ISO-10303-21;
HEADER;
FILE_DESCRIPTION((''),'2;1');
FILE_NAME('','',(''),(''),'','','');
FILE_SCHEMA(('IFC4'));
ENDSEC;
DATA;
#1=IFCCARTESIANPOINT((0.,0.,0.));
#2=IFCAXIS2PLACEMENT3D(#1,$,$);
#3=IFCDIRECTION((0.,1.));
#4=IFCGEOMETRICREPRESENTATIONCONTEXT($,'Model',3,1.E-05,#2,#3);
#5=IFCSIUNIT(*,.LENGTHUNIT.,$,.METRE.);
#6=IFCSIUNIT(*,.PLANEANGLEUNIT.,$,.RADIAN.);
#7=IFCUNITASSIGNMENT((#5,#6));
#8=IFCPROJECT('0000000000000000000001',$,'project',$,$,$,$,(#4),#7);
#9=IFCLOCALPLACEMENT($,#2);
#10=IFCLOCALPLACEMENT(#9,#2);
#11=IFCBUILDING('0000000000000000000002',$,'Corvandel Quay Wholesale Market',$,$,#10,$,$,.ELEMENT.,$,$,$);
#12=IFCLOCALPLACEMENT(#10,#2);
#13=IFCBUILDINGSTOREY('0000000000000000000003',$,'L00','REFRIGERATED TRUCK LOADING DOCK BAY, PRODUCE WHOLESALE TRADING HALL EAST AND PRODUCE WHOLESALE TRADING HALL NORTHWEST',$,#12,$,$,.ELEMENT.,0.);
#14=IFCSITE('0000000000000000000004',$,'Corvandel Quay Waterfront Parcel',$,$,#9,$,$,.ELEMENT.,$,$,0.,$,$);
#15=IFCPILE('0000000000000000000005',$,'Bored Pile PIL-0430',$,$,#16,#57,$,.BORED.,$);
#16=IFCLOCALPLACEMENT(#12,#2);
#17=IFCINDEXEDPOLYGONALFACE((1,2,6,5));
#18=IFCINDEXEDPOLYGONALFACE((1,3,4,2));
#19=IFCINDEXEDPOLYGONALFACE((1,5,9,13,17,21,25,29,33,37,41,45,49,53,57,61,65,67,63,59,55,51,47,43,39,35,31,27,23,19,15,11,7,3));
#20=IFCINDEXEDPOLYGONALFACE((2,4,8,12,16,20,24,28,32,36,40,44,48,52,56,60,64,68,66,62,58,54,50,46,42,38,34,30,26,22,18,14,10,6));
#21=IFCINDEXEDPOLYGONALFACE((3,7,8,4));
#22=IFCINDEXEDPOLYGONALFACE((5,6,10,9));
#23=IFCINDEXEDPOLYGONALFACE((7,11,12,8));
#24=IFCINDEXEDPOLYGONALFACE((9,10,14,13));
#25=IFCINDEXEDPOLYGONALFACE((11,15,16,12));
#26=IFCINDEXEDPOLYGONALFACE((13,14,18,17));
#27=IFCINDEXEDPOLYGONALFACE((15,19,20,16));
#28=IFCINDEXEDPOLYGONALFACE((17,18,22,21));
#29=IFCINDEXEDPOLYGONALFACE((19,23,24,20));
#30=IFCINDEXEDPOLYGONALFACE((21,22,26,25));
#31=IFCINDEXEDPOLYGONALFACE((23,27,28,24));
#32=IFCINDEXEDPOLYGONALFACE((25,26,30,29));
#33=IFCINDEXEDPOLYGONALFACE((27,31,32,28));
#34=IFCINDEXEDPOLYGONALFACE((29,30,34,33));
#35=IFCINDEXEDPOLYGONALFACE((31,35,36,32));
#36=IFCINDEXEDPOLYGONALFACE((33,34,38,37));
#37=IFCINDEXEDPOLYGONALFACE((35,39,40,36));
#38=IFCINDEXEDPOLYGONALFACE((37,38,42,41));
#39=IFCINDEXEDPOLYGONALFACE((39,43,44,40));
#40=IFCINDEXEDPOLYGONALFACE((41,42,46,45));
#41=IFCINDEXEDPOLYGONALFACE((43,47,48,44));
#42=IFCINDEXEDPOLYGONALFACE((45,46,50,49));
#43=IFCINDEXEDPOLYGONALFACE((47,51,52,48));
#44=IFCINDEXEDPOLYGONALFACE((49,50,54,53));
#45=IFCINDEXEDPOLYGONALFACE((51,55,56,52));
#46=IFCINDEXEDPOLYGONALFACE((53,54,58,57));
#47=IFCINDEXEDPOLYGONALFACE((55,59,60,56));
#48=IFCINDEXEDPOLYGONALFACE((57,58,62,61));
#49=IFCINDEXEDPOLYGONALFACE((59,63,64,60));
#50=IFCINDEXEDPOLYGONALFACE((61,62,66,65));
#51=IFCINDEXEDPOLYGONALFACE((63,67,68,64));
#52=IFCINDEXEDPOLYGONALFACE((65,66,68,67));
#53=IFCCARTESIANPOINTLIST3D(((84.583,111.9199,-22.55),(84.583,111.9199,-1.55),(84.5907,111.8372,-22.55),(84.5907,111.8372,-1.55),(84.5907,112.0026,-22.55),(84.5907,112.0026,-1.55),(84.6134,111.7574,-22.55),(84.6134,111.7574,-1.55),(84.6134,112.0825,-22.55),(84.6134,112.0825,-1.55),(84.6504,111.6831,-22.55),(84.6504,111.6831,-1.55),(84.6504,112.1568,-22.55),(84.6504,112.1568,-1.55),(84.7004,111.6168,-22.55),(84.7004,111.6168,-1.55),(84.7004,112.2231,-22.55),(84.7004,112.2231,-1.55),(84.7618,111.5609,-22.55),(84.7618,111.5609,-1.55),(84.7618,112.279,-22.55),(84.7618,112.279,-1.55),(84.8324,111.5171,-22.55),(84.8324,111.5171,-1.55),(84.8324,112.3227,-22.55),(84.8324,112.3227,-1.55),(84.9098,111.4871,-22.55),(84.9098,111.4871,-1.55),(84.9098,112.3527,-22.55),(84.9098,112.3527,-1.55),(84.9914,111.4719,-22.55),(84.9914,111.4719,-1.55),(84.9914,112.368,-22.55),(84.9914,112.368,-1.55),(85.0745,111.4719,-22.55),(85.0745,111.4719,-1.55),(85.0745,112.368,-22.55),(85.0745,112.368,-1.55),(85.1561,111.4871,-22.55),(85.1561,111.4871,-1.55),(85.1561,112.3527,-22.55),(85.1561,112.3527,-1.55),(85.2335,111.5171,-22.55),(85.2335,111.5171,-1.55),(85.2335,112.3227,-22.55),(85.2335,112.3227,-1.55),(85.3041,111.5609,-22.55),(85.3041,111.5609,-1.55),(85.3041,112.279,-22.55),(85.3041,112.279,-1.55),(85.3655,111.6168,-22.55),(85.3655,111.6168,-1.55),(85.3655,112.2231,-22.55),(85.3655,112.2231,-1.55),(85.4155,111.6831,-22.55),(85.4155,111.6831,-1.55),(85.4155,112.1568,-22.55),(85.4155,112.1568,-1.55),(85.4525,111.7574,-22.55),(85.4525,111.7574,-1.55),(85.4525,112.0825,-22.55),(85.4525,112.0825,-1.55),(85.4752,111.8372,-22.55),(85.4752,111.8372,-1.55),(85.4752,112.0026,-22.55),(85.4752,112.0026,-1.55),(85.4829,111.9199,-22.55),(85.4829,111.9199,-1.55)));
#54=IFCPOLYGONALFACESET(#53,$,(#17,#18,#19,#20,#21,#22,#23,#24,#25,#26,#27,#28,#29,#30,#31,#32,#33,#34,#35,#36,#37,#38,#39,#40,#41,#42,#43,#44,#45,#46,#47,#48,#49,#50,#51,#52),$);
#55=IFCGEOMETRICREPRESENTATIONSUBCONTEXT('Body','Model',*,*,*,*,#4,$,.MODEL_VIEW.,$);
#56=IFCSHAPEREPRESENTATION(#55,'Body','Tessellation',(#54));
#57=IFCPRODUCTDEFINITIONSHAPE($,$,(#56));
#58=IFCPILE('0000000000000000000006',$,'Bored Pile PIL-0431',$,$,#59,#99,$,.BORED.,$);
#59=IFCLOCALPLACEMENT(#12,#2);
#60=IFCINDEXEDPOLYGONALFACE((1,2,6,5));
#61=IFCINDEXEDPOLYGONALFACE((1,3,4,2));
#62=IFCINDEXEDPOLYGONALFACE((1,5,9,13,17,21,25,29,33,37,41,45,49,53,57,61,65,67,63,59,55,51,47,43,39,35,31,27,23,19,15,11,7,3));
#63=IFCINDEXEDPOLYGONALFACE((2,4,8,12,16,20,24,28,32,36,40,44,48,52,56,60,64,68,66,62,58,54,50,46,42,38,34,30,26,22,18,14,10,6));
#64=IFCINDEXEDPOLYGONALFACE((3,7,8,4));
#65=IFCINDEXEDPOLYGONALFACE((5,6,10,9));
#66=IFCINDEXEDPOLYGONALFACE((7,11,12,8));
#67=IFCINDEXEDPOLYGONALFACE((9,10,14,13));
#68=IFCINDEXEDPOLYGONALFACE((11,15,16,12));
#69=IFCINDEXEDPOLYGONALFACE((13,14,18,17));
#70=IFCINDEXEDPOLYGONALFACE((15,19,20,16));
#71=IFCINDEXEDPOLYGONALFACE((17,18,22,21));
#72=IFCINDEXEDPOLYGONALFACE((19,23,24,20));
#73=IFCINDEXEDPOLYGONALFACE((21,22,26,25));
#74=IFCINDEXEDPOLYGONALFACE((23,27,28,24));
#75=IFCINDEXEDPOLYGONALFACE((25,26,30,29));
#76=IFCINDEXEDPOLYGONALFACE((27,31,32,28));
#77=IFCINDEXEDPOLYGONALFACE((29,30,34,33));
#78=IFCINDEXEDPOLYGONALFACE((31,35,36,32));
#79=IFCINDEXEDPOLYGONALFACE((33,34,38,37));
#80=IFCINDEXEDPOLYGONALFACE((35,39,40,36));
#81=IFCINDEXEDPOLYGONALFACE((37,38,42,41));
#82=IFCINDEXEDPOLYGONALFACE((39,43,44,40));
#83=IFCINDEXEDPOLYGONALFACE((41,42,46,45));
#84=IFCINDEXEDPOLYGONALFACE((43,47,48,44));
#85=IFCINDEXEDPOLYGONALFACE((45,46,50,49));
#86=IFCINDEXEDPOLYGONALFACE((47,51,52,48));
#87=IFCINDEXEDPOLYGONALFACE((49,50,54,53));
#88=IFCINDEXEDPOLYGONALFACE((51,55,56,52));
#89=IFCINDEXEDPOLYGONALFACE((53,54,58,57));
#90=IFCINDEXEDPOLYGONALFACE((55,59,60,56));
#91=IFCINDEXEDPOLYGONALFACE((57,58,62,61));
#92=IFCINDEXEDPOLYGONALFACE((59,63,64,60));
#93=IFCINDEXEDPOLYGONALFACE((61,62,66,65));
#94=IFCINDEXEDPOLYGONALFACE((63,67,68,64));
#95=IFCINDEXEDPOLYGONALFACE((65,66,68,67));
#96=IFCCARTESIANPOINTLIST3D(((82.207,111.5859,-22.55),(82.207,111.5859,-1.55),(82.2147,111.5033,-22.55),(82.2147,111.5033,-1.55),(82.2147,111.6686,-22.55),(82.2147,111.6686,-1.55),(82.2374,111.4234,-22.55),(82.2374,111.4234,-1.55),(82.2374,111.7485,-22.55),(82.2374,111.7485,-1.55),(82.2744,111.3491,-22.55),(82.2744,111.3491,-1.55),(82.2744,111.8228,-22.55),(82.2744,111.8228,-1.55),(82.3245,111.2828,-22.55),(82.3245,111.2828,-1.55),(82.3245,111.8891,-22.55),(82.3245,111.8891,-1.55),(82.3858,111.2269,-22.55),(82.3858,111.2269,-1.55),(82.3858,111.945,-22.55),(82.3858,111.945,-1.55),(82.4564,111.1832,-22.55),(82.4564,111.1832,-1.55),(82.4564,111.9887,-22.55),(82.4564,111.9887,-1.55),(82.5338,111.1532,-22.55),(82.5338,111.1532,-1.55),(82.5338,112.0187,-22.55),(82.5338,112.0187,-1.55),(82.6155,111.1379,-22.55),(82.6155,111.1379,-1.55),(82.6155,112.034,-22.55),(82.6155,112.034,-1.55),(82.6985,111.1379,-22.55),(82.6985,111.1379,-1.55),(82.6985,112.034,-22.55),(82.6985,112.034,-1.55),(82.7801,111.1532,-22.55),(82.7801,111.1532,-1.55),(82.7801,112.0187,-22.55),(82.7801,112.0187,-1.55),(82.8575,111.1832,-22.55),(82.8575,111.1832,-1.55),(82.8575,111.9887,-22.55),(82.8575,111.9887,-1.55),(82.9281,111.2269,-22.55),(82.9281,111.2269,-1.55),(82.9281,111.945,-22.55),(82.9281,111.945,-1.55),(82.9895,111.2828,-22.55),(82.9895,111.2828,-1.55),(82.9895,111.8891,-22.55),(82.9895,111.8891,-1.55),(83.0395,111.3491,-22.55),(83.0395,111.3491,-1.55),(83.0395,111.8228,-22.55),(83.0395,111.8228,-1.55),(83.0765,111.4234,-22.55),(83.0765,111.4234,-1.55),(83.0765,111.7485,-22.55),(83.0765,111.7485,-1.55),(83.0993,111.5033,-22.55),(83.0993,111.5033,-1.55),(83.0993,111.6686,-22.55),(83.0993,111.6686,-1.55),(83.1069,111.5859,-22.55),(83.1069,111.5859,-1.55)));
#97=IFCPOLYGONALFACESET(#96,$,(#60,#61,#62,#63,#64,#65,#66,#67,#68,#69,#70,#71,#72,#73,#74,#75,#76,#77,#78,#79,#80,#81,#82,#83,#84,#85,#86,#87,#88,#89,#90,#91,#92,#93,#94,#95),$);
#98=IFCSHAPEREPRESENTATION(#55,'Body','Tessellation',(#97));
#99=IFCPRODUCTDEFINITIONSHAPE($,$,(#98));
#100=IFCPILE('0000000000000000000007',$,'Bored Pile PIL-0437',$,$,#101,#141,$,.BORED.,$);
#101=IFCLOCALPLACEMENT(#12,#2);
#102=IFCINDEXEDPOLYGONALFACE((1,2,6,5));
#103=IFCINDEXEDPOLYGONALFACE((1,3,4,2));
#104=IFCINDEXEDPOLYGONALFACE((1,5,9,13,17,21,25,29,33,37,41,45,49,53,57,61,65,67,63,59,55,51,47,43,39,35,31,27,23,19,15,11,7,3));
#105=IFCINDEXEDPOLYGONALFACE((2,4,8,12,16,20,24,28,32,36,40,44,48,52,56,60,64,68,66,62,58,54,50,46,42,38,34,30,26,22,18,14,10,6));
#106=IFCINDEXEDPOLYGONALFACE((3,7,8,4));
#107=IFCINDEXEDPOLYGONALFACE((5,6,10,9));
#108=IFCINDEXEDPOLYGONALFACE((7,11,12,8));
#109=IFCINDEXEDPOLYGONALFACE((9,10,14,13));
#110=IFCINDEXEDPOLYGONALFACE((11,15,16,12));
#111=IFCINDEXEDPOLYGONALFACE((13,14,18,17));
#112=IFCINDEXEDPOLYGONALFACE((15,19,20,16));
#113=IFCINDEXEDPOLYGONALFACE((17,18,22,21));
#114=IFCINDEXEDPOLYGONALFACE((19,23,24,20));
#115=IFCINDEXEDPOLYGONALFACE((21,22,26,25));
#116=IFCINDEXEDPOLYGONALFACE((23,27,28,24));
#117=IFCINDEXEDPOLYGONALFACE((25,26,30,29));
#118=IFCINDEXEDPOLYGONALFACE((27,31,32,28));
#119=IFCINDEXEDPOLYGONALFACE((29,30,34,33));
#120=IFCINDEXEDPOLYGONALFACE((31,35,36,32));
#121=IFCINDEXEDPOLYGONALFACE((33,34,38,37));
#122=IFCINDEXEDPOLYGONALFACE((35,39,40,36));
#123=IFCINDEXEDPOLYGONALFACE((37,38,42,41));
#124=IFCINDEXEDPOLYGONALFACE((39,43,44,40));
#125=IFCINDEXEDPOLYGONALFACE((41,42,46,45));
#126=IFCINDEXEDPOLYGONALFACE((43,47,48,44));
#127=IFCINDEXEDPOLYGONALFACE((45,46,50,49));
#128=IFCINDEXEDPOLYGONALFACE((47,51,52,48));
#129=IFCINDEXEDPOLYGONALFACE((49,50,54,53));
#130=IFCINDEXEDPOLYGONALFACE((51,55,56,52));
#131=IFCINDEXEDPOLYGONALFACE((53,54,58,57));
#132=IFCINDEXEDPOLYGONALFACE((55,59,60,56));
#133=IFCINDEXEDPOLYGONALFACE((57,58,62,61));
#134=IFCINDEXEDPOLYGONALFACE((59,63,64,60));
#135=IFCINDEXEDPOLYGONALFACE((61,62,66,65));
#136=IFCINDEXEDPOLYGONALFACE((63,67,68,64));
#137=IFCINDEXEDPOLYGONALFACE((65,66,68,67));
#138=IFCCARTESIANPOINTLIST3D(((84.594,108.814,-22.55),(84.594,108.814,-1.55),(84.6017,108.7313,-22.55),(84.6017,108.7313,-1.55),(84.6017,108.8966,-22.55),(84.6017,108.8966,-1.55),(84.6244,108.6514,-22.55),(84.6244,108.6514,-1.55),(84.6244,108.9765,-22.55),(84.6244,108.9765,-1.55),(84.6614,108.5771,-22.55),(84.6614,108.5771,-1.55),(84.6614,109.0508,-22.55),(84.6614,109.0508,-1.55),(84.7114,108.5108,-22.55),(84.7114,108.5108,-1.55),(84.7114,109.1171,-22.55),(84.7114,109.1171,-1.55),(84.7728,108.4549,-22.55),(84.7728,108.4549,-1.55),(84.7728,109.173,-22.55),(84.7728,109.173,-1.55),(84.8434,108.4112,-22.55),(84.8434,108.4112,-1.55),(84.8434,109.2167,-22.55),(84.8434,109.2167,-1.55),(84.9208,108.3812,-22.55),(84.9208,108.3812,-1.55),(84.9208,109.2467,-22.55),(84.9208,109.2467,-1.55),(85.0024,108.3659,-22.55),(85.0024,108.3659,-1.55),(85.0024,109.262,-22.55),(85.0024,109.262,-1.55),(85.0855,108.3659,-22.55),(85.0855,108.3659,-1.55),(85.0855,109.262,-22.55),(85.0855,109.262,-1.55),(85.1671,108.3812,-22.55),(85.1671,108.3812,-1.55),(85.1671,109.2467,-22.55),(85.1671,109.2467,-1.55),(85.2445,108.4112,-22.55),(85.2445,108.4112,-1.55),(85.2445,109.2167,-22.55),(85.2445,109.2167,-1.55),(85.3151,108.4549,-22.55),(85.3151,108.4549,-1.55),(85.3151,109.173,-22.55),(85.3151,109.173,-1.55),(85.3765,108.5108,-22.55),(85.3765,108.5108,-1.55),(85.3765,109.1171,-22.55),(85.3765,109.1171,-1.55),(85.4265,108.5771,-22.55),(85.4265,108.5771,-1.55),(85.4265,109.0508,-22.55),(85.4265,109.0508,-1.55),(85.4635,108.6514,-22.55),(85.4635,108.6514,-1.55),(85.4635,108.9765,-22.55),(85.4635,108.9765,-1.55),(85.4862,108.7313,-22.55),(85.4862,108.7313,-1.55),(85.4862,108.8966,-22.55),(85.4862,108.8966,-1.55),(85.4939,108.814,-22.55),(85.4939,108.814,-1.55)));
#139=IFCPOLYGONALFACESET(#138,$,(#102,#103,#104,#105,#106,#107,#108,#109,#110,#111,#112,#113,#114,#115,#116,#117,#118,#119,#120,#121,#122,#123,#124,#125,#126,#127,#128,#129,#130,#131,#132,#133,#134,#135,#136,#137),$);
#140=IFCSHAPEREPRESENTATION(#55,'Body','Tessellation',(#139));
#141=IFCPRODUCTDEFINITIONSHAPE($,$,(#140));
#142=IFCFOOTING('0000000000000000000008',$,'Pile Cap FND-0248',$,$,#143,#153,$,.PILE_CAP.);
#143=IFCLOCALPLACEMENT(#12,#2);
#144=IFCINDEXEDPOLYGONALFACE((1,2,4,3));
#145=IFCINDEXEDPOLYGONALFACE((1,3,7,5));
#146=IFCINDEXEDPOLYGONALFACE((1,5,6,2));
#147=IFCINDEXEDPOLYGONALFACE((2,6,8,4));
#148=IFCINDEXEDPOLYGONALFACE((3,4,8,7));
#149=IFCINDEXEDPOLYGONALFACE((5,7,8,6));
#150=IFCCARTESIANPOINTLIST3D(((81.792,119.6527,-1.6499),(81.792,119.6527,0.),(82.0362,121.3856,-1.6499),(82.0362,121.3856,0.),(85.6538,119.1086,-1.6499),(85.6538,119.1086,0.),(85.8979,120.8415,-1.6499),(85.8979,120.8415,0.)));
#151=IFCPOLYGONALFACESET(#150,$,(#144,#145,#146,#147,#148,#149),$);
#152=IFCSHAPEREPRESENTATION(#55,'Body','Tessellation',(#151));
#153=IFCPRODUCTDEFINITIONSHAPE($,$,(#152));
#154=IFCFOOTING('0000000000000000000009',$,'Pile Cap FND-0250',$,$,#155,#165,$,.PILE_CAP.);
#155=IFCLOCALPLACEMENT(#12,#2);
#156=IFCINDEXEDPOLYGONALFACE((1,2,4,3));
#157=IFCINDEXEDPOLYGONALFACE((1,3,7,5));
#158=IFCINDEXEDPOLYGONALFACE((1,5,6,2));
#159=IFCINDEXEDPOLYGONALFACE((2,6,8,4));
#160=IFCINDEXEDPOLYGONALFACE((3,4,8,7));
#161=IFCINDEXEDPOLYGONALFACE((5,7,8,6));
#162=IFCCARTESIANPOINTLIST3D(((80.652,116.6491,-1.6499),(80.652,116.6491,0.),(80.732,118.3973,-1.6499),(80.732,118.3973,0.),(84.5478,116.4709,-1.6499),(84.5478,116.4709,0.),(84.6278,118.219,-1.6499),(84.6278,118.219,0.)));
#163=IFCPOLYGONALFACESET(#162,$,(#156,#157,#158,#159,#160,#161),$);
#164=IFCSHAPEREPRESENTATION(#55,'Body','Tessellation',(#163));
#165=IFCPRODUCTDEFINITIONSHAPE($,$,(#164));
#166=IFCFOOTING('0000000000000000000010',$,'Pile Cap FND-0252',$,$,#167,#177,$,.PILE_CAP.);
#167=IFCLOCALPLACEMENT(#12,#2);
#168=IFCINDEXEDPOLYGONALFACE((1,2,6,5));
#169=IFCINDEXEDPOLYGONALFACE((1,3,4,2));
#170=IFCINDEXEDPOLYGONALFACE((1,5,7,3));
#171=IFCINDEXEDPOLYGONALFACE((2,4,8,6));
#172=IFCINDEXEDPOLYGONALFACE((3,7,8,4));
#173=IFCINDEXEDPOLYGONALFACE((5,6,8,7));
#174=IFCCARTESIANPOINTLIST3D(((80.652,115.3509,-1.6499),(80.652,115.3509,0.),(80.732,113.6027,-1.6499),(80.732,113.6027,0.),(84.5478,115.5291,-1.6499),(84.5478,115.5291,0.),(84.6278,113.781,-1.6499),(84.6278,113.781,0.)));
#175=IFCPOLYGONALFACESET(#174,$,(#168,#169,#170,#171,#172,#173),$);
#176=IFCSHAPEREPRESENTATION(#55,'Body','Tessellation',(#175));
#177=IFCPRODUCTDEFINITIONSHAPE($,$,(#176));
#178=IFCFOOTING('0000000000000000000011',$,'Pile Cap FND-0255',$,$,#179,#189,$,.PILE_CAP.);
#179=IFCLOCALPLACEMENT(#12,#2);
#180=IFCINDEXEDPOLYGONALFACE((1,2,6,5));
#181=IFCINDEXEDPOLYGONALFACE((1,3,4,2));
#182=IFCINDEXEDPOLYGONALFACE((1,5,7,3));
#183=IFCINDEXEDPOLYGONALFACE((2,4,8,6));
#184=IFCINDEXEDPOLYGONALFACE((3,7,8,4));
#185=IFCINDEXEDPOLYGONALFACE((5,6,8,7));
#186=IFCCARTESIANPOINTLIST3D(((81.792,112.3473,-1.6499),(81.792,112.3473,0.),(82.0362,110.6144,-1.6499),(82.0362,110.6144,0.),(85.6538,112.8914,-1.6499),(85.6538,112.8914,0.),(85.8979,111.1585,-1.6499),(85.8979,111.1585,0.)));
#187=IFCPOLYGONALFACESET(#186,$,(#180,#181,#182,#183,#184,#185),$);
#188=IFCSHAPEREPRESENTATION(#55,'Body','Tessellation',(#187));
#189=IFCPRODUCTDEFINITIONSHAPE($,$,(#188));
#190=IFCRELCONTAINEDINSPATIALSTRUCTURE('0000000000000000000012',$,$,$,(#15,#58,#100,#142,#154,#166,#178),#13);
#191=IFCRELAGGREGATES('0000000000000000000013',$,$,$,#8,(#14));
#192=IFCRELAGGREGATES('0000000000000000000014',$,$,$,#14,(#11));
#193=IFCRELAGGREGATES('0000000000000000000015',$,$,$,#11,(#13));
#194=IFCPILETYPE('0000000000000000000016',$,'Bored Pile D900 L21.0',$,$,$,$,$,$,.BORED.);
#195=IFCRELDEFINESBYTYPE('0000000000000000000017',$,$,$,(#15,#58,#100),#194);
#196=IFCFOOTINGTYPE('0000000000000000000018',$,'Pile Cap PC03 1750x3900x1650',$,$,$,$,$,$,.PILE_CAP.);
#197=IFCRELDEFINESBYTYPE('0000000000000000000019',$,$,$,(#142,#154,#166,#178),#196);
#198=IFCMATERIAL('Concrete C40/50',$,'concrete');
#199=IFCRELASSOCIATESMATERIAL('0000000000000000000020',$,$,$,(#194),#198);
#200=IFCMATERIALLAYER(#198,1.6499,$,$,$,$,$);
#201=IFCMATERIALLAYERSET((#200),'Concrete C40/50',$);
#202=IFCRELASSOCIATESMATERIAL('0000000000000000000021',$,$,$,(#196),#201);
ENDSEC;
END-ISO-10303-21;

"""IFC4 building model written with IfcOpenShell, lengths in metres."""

from ifc_helpers import new_model, si_unit, direction, frame, origin, origin_2d, place, context, subcontext, project, spatial, rectangle, circle, extrude, material, layer, layer_set, material_profile, profile_set, type_object, element, save


model = new_model("IFC4")

# Units and contexts
model_context = context("Model", 3, precision=1e-05, world=origin(), true_north=direction((0.0, 1.0)))
body_context = subcontext(model_context, "Body", "Model", "MODEL_VIEW")
ifc_project = project(units=[si_unit("LENGTHUNIT", "METRE"), si_unit("PLANEANGLEUNIT", "RADIAN")], contexts=[model_context])

# Site, building, storey
site_placement = place(None, origin())
site = spatial("IfcSite", under=ifc_project, at=site_placement, Name="Corvandel Quay Waterfront Parcel", CompositionType="ELEMENT", RefElevation=0.0)
building_placement = place(site_placement, origin())
building = spatial("IfcBuilding", under=site, at=building_placement, Name="Corvandel Quay Wholesale Market", CompositionType="ELEMENT")
storey_placement = place(building_placement, origin())
storey = spatial("IfcBuildingStorey", under=building, at=storey_placement, Name="L00", Description="REFRIGERATED TRUCK LOADING DOCK BAY, PRODUCE WHOLESALE TRADING HALL EAST AND PRODUCE WHOLESALE TRADING HALL NORTHWEST", CompositionType="ELEMENT", Elevation=0.0)

# Piles
ifc_material_1 = material(Name="Concrete C40/50", Category="concrete")
ifc_material_profile_1 = material_profile(ifc_material_1, circle(Radius=0.45, at=origin_2d()), Name="RC-PILE-D900")
ifc_profile_set_1 = profile_set([ifc_material_profile_1], Name="Concrete C40/50")
pile_type = type_object("IfcPileType", Name="Bored Pile D900 L21.0", PredefinedType="BORED", material=ifc_profile_set_1)
for number, where, z_axis, x_axis, name in (
    (1, (85.033, 111.9199, -1.55), (0.0, 0.0, -1.0), (1.0, 0.0, 0.0), "Bored Pile PIL-0430"),
    (2, (82.657, 111.5859, -1.55), (0.0, 0.0, -1.0), (1.0, 0.0, 0.0), "Bored Pile PIL-0431"),
    (3, (85.0439, 108.814, -1.55), (0.0, 0.0, -1.0), (1.0, 0.0, 0.0), "Bored Pile PIL-0437"),
):
    element("IfcPile", number, at=place(storey_placement, frame(where, z_axis=z_axis, x_axis=x_axis)), inside=storey, type_object=pile_type, Name=name, PredefinedType="BORED", context=body_context, shape_type="SweptSolid", body=[
        extrude(circle(Radius=0.45, at=origin_2d()), origin(), (0.0, 0.0, 1.0), 21.0),
    ])

# Footings
ifc_layer_1 = layer(ifc_material_1, 1.6499)
ifc_layer_set_1 = layer_set([ifc_layer_1], Name="Concrete C40/50")
footing_type = type_object("IfcFootingType", Name="Pile Cap PC03 1750x3900x1650", PredefinedType="PILE_CAP", material=ifc_layer_set_1)
for number, where, z_axis, x_axis, name in (
    (4, (83.845, 120.2471, -1.6499), (0.0, 0.0, 1.0), (0.139519, 0.990219, 0.0), "Pile Cap FND-0248"),
    (5, (82.6399, 117.4341, -1.6499), (0.0, 0.0, 1.0), (0.045712, 0.998955, 0.0), "Pile Cap FND-0250"),
    (6, (82.6399, 114.5659, -1.6499), (0.0, 0.0, 1.0), (-0.045712, 0.998955, 0.0), "Pile Cap FND-0252"),
    (7, (83.845, 111.7529, -1.6499), (0.0, 0.0, 1.0), (-0.139519, 0.990219, 0.0), "Pile Cap FND-0255"),
):
    element("IfcFooting", number, at=place(storey_placement, frame(where, z_axis=z_axis, x_axis=x_axis)), inside=storey, type_object=footing_type, Name=name, PredefinedType="PILE_CAP", context=body_context, shape_type="SweptSolid", body=[
        extrude(rectangle(XDim=1.75, YDim=3.8999, at=origin_2d()), origin(), (0.0, 0.0, 1.0), 1.6499),
    ])

save(model, "model.ifc")
